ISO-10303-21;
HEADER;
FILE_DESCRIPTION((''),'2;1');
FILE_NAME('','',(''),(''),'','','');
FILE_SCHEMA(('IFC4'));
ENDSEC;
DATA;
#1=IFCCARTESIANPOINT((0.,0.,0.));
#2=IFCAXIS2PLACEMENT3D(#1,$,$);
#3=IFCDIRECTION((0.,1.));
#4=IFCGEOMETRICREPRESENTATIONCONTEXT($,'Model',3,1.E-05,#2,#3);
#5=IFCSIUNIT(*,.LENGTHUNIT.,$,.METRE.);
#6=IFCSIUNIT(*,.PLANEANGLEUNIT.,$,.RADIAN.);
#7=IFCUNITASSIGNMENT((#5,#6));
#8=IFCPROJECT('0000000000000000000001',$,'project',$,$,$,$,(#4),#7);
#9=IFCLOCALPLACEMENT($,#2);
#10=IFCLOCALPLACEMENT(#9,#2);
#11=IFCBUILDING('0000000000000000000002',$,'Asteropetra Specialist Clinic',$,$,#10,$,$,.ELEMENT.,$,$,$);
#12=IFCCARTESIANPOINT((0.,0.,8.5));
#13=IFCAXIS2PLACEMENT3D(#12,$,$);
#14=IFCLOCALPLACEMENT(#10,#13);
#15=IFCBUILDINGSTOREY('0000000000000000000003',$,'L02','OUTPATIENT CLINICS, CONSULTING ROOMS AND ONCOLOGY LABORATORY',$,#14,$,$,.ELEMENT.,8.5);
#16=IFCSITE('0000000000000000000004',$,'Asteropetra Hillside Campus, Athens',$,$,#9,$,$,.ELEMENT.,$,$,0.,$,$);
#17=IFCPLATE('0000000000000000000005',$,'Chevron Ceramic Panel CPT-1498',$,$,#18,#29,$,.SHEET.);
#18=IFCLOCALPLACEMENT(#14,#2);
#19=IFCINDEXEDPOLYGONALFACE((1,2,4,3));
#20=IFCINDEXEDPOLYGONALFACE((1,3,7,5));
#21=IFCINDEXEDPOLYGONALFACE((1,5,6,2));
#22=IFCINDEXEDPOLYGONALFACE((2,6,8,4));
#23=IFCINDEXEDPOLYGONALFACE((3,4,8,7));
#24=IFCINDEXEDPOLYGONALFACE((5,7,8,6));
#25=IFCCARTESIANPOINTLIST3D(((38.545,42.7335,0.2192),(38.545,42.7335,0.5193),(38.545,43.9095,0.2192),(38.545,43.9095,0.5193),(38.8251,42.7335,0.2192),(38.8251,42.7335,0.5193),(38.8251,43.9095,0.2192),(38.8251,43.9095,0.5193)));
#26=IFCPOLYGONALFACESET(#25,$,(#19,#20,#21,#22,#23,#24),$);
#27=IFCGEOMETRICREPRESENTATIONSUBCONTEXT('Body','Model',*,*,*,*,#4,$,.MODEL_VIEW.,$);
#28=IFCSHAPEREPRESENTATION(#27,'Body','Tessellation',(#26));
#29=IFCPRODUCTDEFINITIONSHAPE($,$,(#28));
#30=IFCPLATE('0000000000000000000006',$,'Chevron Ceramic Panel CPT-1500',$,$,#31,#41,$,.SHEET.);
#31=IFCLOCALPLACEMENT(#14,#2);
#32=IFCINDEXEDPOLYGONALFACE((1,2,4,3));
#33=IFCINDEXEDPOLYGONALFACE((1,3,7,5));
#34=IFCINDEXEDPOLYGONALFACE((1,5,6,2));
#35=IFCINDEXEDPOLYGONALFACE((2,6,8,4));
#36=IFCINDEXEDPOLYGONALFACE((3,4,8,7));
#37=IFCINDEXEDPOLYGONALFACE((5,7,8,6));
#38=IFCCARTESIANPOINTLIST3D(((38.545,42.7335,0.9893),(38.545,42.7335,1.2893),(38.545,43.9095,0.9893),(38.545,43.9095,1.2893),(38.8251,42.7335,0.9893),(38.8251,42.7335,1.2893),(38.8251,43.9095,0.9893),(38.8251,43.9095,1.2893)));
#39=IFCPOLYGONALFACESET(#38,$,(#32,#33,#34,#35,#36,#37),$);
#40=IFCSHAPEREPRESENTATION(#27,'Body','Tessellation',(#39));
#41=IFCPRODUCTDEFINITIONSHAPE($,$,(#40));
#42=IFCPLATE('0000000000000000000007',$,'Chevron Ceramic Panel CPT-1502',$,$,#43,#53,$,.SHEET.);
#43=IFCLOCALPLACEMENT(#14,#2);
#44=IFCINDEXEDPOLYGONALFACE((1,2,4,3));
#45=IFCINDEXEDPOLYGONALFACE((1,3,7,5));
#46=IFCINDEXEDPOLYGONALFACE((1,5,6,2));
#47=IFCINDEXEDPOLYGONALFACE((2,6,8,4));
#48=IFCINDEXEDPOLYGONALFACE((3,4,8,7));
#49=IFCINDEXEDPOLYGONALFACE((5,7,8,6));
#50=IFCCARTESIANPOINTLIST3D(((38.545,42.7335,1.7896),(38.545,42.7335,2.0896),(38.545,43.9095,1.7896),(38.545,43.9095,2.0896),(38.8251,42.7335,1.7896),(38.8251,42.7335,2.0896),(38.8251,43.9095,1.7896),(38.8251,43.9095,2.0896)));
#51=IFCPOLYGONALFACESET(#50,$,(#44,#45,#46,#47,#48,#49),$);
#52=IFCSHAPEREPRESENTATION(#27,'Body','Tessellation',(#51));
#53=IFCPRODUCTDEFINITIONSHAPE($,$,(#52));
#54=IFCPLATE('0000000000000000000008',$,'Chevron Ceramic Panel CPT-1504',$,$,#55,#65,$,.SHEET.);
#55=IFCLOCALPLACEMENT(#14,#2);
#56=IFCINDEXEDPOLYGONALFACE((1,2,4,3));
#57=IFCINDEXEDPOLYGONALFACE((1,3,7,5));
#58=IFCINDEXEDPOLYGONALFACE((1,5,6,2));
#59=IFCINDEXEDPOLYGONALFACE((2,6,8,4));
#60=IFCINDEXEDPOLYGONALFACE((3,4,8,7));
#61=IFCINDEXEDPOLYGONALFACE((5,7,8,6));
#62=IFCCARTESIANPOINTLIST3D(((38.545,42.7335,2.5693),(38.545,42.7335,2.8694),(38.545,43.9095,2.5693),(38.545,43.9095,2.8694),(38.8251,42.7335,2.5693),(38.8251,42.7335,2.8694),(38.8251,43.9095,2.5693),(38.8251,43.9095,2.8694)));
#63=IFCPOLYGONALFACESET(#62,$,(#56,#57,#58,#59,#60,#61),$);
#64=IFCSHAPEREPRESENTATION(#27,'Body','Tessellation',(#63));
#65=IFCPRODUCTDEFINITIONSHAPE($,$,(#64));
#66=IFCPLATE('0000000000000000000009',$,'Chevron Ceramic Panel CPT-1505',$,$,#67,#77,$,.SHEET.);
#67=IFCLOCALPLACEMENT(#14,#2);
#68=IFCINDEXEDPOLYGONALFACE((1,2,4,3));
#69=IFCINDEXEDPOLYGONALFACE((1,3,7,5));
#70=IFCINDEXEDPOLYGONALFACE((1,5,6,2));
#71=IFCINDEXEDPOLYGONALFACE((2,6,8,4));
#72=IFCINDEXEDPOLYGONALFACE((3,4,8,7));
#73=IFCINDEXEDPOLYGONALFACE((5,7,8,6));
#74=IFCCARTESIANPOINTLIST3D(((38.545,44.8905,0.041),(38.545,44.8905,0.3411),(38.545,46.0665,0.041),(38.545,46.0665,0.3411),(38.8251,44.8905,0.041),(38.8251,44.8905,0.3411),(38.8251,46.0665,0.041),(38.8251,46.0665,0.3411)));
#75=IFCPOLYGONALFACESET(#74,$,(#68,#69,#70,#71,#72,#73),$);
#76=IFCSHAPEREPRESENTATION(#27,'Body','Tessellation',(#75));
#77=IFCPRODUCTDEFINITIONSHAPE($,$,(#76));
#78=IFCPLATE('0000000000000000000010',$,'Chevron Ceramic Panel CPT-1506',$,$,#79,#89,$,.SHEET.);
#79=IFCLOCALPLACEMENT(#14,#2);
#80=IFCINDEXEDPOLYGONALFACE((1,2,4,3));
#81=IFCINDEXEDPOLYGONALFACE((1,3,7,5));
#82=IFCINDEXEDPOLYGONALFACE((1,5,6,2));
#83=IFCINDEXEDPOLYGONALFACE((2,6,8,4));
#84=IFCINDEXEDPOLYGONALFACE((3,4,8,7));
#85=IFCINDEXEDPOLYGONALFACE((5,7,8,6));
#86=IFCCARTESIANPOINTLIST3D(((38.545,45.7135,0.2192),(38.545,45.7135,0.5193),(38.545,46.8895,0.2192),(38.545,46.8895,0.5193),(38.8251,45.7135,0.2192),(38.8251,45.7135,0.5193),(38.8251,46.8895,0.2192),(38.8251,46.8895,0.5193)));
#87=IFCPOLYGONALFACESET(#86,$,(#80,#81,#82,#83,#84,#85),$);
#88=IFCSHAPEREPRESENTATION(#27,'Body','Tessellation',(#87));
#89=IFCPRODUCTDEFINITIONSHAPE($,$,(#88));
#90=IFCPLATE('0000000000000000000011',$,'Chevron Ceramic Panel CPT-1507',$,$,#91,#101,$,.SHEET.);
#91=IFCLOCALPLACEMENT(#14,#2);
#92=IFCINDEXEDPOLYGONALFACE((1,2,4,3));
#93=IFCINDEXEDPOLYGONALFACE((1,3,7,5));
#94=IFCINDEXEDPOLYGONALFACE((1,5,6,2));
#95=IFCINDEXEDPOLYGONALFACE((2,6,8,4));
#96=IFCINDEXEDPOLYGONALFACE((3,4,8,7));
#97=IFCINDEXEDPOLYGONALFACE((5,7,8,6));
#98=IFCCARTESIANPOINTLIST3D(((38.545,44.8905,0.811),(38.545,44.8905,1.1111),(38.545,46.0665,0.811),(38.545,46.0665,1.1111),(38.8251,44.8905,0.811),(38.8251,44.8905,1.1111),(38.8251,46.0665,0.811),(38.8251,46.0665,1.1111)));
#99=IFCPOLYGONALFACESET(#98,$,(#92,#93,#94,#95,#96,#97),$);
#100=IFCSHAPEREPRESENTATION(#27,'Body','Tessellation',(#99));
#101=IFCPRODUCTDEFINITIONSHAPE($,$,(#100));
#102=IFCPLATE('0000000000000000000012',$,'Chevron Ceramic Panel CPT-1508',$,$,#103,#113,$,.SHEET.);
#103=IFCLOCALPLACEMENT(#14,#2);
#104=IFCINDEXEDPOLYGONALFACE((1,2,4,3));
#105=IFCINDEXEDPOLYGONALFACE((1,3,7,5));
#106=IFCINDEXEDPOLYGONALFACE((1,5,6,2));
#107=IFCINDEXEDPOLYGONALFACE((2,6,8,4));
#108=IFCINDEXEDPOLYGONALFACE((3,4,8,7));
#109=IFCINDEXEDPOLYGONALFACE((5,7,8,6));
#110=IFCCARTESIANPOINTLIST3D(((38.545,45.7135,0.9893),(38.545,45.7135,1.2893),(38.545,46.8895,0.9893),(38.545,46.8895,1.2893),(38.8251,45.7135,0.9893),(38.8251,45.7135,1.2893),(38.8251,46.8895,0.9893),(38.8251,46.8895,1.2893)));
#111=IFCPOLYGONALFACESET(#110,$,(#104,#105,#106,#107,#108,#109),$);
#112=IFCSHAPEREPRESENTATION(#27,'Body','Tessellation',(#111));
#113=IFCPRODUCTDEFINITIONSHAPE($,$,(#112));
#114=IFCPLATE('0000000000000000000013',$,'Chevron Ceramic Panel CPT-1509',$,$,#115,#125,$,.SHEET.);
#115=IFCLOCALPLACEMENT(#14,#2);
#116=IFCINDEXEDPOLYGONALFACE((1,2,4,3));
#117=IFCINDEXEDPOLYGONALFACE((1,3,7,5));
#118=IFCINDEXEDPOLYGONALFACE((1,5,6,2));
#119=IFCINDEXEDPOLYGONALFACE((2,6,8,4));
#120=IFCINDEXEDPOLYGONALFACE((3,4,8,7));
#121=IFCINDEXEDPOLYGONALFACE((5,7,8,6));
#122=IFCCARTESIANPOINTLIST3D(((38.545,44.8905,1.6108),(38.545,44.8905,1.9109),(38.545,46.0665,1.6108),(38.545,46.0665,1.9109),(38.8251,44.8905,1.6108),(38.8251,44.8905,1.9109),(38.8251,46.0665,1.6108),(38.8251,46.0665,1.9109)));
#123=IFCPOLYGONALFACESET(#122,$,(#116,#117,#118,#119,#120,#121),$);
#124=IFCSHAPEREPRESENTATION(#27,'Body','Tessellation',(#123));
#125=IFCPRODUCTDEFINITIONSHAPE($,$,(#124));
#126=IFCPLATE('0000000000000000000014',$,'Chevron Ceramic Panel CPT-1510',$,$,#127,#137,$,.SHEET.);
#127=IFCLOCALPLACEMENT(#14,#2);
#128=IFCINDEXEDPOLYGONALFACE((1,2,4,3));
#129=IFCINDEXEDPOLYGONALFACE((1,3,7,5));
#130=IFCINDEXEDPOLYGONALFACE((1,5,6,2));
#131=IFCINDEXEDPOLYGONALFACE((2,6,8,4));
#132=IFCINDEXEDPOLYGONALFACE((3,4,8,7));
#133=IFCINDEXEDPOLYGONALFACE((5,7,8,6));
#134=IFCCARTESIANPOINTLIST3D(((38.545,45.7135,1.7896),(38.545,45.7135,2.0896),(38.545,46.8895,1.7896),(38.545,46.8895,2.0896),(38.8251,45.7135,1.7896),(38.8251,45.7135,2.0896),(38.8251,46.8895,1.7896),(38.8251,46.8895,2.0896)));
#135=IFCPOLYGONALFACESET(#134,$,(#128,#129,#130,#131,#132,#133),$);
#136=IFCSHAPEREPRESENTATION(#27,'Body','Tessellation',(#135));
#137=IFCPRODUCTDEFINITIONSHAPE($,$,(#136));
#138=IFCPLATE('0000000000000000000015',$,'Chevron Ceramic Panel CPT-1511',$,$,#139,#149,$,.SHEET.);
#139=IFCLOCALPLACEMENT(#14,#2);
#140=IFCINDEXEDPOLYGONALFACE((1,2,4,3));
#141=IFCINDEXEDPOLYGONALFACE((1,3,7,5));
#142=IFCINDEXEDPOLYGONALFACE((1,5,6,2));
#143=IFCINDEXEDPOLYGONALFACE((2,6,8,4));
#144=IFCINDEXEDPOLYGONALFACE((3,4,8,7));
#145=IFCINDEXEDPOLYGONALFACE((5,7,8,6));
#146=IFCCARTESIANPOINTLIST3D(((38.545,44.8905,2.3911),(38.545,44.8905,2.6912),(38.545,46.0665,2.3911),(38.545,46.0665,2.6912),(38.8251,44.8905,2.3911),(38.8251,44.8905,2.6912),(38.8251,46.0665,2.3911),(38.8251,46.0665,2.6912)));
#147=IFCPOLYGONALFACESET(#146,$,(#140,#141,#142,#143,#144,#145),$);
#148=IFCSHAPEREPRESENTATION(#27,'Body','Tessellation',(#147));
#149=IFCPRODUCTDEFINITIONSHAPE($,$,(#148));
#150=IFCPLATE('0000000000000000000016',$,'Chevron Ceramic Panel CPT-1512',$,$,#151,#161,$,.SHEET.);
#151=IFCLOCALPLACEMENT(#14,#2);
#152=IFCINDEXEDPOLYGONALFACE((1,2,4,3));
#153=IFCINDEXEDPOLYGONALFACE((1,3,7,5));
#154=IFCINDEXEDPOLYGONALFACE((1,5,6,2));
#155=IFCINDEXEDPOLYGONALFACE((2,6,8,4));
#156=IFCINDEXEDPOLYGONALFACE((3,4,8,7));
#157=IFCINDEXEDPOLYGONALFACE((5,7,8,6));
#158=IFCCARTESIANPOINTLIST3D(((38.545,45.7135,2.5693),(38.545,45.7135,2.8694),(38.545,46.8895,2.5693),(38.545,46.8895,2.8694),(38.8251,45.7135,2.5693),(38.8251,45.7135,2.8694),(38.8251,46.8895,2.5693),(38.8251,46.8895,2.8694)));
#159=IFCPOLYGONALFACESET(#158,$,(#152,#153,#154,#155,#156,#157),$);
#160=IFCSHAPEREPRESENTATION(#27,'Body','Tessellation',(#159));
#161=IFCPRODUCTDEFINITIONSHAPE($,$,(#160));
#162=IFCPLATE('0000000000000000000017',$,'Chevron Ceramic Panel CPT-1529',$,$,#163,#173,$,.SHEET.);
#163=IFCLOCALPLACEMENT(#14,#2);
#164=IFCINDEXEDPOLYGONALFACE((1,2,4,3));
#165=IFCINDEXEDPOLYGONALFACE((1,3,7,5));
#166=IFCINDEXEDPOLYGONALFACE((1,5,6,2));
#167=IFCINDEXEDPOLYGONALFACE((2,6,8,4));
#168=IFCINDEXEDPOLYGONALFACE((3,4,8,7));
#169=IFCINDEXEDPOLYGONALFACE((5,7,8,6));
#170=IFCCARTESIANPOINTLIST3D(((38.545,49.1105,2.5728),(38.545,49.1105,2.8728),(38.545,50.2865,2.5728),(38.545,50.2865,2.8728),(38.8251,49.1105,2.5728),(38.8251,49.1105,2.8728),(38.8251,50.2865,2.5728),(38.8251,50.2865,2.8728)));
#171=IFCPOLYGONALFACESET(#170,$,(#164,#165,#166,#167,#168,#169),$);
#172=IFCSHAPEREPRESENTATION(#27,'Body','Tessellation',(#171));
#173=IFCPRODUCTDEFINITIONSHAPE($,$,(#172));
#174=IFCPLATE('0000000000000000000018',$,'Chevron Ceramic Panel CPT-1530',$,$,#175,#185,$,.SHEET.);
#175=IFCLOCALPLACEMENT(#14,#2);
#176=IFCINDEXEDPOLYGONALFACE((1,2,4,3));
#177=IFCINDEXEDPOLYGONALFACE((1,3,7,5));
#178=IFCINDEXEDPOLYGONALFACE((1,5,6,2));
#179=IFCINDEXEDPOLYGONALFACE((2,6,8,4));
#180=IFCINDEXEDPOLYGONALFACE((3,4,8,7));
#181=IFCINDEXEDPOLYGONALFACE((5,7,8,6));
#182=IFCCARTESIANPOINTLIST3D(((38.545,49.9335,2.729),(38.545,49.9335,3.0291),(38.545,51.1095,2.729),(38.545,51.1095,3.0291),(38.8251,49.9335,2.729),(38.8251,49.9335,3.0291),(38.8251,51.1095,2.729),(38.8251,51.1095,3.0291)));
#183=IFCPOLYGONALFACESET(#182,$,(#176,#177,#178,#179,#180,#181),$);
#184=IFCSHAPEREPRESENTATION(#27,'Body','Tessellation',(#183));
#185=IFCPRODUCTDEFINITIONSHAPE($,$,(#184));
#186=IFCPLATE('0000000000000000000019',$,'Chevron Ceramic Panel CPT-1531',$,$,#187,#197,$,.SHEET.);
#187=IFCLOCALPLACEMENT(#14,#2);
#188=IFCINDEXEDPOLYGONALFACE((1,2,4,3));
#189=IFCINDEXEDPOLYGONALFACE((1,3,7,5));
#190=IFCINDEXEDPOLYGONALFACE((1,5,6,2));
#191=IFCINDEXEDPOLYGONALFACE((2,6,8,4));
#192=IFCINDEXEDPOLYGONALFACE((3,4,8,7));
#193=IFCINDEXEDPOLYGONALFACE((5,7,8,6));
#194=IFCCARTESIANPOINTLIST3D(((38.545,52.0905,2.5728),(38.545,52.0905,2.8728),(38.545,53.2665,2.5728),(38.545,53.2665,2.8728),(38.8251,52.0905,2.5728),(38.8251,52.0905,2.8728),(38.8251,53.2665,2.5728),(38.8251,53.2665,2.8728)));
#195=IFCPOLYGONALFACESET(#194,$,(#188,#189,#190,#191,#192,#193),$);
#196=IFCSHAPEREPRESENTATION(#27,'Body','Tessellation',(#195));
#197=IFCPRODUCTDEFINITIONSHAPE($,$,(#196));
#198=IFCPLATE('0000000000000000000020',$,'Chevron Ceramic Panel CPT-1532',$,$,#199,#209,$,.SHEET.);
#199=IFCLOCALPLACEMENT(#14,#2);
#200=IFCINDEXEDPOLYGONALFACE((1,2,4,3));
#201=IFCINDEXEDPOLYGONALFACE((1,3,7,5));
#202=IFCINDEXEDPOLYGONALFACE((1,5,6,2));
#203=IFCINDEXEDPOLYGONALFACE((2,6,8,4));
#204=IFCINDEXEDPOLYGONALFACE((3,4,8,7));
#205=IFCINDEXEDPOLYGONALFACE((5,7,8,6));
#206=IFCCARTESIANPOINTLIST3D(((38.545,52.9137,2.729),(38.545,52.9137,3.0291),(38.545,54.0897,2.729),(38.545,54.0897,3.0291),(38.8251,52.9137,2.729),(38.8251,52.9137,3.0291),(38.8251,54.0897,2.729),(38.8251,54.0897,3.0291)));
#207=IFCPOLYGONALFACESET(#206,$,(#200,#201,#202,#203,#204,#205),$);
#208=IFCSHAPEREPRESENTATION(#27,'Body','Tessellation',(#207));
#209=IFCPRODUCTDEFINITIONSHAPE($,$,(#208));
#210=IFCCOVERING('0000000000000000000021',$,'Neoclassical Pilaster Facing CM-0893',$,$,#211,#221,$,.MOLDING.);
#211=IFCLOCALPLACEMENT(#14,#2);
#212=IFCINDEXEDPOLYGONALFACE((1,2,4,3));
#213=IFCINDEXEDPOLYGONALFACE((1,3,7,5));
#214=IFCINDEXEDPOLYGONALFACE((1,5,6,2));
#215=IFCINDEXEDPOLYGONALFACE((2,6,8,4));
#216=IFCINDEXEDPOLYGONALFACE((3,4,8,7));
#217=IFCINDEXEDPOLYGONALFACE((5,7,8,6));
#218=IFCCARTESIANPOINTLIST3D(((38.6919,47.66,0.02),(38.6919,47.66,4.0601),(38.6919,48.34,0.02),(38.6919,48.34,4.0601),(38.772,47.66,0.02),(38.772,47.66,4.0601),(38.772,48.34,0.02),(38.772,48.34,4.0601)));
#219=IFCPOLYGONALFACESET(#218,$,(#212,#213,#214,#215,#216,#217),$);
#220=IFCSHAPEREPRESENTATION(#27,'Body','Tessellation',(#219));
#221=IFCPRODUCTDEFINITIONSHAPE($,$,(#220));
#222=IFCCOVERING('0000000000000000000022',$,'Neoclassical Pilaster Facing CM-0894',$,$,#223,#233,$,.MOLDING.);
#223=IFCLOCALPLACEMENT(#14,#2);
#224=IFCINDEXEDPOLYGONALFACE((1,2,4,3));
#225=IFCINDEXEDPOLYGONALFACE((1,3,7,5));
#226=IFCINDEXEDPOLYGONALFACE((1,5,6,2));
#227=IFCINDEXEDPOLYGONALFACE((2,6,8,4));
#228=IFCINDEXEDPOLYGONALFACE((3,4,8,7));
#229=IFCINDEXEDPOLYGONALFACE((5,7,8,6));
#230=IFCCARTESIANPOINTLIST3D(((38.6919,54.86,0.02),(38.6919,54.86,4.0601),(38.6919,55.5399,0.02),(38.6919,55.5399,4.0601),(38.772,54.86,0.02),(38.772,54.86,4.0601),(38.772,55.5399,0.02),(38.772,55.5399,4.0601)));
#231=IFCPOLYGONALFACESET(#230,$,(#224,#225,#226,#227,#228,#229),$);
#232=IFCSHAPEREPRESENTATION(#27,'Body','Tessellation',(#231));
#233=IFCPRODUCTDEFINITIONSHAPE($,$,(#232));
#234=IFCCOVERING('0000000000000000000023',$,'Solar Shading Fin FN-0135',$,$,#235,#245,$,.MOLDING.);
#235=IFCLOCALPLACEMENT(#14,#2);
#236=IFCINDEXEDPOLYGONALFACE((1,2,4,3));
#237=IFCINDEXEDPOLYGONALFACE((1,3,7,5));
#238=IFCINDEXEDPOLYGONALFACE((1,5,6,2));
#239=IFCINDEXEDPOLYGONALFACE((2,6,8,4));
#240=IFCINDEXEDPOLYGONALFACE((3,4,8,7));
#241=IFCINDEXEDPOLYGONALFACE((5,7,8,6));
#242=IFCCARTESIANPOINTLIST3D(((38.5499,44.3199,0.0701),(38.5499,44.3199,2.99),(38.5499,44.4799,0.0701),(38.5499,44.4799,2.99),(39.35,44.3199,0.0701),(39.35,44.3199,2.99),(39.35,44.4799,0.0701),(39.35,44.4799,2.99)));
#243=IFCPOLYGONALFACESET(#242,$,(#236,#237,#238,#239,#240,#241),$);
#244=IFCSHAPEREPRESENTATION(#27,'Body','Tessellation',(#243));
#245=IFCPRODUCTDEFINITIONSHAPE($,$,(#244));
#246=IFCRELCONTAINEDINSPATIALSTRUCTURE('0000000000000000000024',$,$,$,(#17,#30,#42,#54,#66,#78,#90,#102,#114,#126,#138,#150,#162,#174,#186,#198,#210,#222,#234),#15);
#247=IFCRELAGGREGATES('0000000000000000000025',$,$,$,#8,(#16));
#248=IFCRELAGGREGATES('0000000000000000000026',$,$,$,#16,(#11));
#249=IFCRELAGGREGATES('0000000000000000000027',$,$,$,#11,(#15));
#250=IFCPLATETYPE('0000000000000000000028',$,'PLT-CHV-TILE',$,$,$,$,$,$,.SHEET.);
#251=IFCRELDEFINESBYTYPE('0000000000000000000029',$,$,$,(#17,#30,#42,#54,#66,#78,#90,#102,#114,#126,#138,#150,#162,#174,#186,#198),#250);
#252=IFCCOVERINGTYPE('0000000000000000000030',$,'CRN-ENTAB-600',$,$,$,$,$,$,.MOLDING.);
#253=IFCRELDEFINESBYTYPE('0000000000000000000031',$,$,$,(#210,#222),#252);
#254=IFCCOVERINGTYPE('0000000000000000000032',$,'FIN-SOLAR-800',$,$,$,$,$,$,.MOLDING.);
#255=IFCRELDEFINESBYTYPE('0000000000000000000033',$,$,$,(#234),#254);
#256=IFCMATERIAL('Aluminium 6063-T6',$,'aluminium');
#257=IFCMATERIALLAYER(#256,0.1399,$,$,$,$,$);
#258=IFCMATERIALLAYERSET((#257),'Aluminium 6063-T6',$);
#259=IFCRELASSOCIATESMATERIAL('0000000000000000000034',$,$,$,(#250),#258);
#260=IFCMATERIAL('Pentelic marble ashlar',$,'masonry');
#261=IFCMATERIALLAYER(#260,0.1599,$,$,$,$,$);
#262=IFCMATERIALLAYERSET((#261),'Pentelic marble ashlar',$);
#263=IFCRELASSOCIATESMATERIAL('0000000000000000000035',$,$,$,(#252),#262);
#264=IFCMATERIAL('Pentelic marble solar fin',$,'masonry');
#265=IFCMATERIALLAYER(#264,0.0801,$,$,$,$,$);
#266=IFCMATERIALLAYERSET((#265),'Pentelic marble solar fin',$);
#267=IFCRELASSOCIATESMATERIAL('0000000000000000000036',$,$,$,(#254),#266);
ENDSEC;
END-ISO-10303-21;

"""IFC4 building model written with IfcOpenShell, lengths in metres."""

from ifc_helpers import new_model, si_unit, direction, frame, origin, origin_2d, place, context, subcontext, project, spatial, rectangle, extrude, material, layer, layer_set, type_object, element, save


model = new_model("IFC4")

# Units and contexts
model_context = context("Model", 3, precision=1e-05, world=origin(), true_north=direction((0.0, 1.0)))
body_context = subcontext(model_context, "Body", "Model", "MODEL_VIEW")
ifc_project = project(units=[si_unit("LENGTHUNIT", "METRE"), si_unit("PLANEANGLEUNIT", "RADIAN")], contexts=[model_context])

# Site, building, storey
site_placement = place(None, origin())
site = spatial("IfcSite", under=ifc_project, at=site_placement, Name="Asteropetra Hillside Campus, Athens", CompositionType="ELEMENT", RefElevation=0.0)
building_placement = place(site_placement, origin())
building = spatial("IfcBuilding", under=site, at=building_placement, Name="Asteropetra Specialist Clinic", CompositionType="ELEMENT")
storey_placement = place(building_placement, frame((0.0, 0.0, 8.5)))
storey = spatial("IfcBuildingStorey", under=building, at=storey_placement, Name="L02", Description="OUTPATIENT CLINICS, CONSULTING ROOMS AND ONCOLOGY LABORATORY", CompositionType="ELEMENT", Elevation=8.5)

# Plates
ifc_material_1 = material(Name="Aluminium 6063-T6", Category="aluminium")
ifc_layer_1 = layer(ifc_material_1, 0.1399)
ifc_layer_set_1 = layer_set([ifc_layer_1], Name="Aluminium 6063-T6")
plate_type_1 = type_object("IfcPlateType", Name="PLT-CHV-TILE", PredefinedType="SHEET", material=ifc_layer_set_1)
for number, where, z_axis, x_axis, name in (
    (1, (38.6851, 43.3215, 0.2192), (0.0, 0.0, 1.0), (1.0, 0.0, 0.0), "Chevron Ceramic Panel CPT-1498"),
    (2, (38.6851, 43.3215, 0.9893), (0.0, 0.0, 1.0), (1.0, 0.0, 0.0), "Chevron Ceramic Panel CPT-1500"),
    (3, (38.6851, 43.3215, 1.7896), (0.0, 0.0, 1.0), (1.0, 0.0, 0.0), "Chevron Ceramic Panel CPT-1502"),
    (4, (38.6851, 43.3215, 2.5693), (0.0, 0.0, 1.0), (1.0, 0.0, 0.0), "Chevron Ceramic Panel CPT-1504"),
    (5, (38.6851, 45.4785, 0.041), (0.0, 0.0, 1.0), (1.0, 0.0, 0.0), "Chevron Ceramic Panel CPT-1505"),
    (6, (38.6851, 46.3015, 0.2192), (0.0, 0.0, 1.0), (1.0, 0.0, 0.0), "Chevron Ceramic Panel CPT-1506"),
    (7, (38.6851, 45.4785, 0.811), (0.0, 0.0, 1.0), (1.0, 0.0, 0.0), "Chevron Ceramic Panel CPT-1507"),
    (8, (38.6851, 46.3015, 0.9893), (0.0, 0.0, 1.0), (1.0, 0.0, 0.0), "Chevron Ceramic Panel CPT-1508"),
    (9, (38.6851, 45.4785, 1.6108), (0.0, 0.0, 1.0), (1.0, 0.0, 0.0), "Chevron Ceramic Panel CPT-1509"),
    (10, (38.6851, 46.3015, 1.7896), (0.0, 0.0, 1.0), (1.0, 0.0, 0.0), "Chevron Ceramic Panel CPT-1510"),
    (11, (38.6851, 45.4785, 2.3911), (0.0, 0.0, 1.0), (1.0, 0.0, 0.0), "Chevron Ceramic Panel CPT-1511"),
    (12, (38.6851, 46.3015, 2.5693), (0.0, 0.0, 1.0), (1.0, 0.0, 0.0), "Chevron Ceramic Panel CPT-1512"),
    (13, (38.6851, 49.6985, 2.5728), (0.0, 0.0, 1.0), (1.0, 0.0, 0.0), "Chevron Ceramic Panel CPT-1529"),
    (14, (38.6851, 50.5215, 2.729), (0.0, 0.0, 1.0), (1.0, 0.0, 0.0), "Chevron Ceramic Panel CPT-1530"),
    (15, (38.6851, 52.6785, 2.5728), (0.0, 0.0, 1.0), (1.0, 0.0, 0.0), "Chevron Ceramic Panel CPT-1531"),
    (16, (38.6851, 53.5017, 2.729), (0.0, 0.0, 1.0), (1.0, 0.0, 0.0), "Chevron Ceramic Panel CPT-1532"),
):
    element("IfcPlate", number, at=place(storey_placement, frame(where, z_axis=z_axis, x_axis=x_axis)), inside=storey, type_object=plate_type_1, Name=name, PredefinedType="SHEET", context=body_context, shape_type="SweptSolid", body=[
        extrude(rectangle(XDim=0.28, YDim=1.176, at=origin_2d()), origin(), (0.0, 0.0, 1.0), 0.3),
    ])

# Coverings
ifc_material_2 = material(Name="Pentelic marble ashlar", Category="masonry")
ifc_layer_2 = layer(ifc_material_2, 0.1599)
ifc_layer_set_2 = layer_set([ifc_layer_2], Name="Pentelic marble ashlar")
covering_type_1 = type_object("IfcCoveringType", Name="CRN-ENTAB-600", PredefinedType="MOLDING", material=ifc_layer_set_2)
for number, where, z_axis, x_axis, name in (
    (17, (38.7319, 48.0, 0.02), (0.0, 0.0, 1.0), (1.0, 0.0, 0.0), "Neoclassical Pilaster Facing CM-0893"),
    (18, (38.7319, 55.2, 0.02), (0.0, 0.0, 1.0), (1.0, 0.0, 0.0), "Neoclassical Pilaster Facing CM-0894"),
):
    element("IfcCovering", number, at=place(storey_placement, frame(where, z_axis=z_axis, x_axis=x_axis)), inside=storey, type_object=covering_type_1, Name=name, PredefinedType="MOLDING", context=body_context, shape_type="SweptSolid", body=[
        extrude(rectangle(XDim=0.0801, YDim=0.6799, at=origin_2d()), origin(), (0.0, 0.0, 1.0), 4.04),
    ])
ifc_material_3 = material(Name="Pentelic marble solar fin", Category="masonry")
ifc_layer_3 = layer(ifc_material_3, 0.0801)
ifc_layer_set_3 = layer_set([ifc_layer_3], Name="Pentelic marble solar fin")
covering_type_2 = type_object("IfcCoveringType", Name="FIN-SOLAR-800", PredefinedType="MOLDING", material=ifc_layer_set_3)
covering_placement = place(storey_placement, frame((38.95, 44.3999, 0.0701), z_axis=(0.0, 0.0, 1.0), x_axis=(1.0, 0.0, 0.0)))
element("IfcCovering", 19, at=covering_placement, inside=storey, type_object=covering_type_2, Name="Solar Shading Fin FN-0135", PredefinedType="MOLDING", context=body_context, shape_type="SweptSolid", body=[
    extrude(rectangle(XDim=0.8, YDim=0.1599, at=origin_2d()), origin(), (0.0, 0.0, 1.0), 2.9199),
])

save(model, "model.ifc")
